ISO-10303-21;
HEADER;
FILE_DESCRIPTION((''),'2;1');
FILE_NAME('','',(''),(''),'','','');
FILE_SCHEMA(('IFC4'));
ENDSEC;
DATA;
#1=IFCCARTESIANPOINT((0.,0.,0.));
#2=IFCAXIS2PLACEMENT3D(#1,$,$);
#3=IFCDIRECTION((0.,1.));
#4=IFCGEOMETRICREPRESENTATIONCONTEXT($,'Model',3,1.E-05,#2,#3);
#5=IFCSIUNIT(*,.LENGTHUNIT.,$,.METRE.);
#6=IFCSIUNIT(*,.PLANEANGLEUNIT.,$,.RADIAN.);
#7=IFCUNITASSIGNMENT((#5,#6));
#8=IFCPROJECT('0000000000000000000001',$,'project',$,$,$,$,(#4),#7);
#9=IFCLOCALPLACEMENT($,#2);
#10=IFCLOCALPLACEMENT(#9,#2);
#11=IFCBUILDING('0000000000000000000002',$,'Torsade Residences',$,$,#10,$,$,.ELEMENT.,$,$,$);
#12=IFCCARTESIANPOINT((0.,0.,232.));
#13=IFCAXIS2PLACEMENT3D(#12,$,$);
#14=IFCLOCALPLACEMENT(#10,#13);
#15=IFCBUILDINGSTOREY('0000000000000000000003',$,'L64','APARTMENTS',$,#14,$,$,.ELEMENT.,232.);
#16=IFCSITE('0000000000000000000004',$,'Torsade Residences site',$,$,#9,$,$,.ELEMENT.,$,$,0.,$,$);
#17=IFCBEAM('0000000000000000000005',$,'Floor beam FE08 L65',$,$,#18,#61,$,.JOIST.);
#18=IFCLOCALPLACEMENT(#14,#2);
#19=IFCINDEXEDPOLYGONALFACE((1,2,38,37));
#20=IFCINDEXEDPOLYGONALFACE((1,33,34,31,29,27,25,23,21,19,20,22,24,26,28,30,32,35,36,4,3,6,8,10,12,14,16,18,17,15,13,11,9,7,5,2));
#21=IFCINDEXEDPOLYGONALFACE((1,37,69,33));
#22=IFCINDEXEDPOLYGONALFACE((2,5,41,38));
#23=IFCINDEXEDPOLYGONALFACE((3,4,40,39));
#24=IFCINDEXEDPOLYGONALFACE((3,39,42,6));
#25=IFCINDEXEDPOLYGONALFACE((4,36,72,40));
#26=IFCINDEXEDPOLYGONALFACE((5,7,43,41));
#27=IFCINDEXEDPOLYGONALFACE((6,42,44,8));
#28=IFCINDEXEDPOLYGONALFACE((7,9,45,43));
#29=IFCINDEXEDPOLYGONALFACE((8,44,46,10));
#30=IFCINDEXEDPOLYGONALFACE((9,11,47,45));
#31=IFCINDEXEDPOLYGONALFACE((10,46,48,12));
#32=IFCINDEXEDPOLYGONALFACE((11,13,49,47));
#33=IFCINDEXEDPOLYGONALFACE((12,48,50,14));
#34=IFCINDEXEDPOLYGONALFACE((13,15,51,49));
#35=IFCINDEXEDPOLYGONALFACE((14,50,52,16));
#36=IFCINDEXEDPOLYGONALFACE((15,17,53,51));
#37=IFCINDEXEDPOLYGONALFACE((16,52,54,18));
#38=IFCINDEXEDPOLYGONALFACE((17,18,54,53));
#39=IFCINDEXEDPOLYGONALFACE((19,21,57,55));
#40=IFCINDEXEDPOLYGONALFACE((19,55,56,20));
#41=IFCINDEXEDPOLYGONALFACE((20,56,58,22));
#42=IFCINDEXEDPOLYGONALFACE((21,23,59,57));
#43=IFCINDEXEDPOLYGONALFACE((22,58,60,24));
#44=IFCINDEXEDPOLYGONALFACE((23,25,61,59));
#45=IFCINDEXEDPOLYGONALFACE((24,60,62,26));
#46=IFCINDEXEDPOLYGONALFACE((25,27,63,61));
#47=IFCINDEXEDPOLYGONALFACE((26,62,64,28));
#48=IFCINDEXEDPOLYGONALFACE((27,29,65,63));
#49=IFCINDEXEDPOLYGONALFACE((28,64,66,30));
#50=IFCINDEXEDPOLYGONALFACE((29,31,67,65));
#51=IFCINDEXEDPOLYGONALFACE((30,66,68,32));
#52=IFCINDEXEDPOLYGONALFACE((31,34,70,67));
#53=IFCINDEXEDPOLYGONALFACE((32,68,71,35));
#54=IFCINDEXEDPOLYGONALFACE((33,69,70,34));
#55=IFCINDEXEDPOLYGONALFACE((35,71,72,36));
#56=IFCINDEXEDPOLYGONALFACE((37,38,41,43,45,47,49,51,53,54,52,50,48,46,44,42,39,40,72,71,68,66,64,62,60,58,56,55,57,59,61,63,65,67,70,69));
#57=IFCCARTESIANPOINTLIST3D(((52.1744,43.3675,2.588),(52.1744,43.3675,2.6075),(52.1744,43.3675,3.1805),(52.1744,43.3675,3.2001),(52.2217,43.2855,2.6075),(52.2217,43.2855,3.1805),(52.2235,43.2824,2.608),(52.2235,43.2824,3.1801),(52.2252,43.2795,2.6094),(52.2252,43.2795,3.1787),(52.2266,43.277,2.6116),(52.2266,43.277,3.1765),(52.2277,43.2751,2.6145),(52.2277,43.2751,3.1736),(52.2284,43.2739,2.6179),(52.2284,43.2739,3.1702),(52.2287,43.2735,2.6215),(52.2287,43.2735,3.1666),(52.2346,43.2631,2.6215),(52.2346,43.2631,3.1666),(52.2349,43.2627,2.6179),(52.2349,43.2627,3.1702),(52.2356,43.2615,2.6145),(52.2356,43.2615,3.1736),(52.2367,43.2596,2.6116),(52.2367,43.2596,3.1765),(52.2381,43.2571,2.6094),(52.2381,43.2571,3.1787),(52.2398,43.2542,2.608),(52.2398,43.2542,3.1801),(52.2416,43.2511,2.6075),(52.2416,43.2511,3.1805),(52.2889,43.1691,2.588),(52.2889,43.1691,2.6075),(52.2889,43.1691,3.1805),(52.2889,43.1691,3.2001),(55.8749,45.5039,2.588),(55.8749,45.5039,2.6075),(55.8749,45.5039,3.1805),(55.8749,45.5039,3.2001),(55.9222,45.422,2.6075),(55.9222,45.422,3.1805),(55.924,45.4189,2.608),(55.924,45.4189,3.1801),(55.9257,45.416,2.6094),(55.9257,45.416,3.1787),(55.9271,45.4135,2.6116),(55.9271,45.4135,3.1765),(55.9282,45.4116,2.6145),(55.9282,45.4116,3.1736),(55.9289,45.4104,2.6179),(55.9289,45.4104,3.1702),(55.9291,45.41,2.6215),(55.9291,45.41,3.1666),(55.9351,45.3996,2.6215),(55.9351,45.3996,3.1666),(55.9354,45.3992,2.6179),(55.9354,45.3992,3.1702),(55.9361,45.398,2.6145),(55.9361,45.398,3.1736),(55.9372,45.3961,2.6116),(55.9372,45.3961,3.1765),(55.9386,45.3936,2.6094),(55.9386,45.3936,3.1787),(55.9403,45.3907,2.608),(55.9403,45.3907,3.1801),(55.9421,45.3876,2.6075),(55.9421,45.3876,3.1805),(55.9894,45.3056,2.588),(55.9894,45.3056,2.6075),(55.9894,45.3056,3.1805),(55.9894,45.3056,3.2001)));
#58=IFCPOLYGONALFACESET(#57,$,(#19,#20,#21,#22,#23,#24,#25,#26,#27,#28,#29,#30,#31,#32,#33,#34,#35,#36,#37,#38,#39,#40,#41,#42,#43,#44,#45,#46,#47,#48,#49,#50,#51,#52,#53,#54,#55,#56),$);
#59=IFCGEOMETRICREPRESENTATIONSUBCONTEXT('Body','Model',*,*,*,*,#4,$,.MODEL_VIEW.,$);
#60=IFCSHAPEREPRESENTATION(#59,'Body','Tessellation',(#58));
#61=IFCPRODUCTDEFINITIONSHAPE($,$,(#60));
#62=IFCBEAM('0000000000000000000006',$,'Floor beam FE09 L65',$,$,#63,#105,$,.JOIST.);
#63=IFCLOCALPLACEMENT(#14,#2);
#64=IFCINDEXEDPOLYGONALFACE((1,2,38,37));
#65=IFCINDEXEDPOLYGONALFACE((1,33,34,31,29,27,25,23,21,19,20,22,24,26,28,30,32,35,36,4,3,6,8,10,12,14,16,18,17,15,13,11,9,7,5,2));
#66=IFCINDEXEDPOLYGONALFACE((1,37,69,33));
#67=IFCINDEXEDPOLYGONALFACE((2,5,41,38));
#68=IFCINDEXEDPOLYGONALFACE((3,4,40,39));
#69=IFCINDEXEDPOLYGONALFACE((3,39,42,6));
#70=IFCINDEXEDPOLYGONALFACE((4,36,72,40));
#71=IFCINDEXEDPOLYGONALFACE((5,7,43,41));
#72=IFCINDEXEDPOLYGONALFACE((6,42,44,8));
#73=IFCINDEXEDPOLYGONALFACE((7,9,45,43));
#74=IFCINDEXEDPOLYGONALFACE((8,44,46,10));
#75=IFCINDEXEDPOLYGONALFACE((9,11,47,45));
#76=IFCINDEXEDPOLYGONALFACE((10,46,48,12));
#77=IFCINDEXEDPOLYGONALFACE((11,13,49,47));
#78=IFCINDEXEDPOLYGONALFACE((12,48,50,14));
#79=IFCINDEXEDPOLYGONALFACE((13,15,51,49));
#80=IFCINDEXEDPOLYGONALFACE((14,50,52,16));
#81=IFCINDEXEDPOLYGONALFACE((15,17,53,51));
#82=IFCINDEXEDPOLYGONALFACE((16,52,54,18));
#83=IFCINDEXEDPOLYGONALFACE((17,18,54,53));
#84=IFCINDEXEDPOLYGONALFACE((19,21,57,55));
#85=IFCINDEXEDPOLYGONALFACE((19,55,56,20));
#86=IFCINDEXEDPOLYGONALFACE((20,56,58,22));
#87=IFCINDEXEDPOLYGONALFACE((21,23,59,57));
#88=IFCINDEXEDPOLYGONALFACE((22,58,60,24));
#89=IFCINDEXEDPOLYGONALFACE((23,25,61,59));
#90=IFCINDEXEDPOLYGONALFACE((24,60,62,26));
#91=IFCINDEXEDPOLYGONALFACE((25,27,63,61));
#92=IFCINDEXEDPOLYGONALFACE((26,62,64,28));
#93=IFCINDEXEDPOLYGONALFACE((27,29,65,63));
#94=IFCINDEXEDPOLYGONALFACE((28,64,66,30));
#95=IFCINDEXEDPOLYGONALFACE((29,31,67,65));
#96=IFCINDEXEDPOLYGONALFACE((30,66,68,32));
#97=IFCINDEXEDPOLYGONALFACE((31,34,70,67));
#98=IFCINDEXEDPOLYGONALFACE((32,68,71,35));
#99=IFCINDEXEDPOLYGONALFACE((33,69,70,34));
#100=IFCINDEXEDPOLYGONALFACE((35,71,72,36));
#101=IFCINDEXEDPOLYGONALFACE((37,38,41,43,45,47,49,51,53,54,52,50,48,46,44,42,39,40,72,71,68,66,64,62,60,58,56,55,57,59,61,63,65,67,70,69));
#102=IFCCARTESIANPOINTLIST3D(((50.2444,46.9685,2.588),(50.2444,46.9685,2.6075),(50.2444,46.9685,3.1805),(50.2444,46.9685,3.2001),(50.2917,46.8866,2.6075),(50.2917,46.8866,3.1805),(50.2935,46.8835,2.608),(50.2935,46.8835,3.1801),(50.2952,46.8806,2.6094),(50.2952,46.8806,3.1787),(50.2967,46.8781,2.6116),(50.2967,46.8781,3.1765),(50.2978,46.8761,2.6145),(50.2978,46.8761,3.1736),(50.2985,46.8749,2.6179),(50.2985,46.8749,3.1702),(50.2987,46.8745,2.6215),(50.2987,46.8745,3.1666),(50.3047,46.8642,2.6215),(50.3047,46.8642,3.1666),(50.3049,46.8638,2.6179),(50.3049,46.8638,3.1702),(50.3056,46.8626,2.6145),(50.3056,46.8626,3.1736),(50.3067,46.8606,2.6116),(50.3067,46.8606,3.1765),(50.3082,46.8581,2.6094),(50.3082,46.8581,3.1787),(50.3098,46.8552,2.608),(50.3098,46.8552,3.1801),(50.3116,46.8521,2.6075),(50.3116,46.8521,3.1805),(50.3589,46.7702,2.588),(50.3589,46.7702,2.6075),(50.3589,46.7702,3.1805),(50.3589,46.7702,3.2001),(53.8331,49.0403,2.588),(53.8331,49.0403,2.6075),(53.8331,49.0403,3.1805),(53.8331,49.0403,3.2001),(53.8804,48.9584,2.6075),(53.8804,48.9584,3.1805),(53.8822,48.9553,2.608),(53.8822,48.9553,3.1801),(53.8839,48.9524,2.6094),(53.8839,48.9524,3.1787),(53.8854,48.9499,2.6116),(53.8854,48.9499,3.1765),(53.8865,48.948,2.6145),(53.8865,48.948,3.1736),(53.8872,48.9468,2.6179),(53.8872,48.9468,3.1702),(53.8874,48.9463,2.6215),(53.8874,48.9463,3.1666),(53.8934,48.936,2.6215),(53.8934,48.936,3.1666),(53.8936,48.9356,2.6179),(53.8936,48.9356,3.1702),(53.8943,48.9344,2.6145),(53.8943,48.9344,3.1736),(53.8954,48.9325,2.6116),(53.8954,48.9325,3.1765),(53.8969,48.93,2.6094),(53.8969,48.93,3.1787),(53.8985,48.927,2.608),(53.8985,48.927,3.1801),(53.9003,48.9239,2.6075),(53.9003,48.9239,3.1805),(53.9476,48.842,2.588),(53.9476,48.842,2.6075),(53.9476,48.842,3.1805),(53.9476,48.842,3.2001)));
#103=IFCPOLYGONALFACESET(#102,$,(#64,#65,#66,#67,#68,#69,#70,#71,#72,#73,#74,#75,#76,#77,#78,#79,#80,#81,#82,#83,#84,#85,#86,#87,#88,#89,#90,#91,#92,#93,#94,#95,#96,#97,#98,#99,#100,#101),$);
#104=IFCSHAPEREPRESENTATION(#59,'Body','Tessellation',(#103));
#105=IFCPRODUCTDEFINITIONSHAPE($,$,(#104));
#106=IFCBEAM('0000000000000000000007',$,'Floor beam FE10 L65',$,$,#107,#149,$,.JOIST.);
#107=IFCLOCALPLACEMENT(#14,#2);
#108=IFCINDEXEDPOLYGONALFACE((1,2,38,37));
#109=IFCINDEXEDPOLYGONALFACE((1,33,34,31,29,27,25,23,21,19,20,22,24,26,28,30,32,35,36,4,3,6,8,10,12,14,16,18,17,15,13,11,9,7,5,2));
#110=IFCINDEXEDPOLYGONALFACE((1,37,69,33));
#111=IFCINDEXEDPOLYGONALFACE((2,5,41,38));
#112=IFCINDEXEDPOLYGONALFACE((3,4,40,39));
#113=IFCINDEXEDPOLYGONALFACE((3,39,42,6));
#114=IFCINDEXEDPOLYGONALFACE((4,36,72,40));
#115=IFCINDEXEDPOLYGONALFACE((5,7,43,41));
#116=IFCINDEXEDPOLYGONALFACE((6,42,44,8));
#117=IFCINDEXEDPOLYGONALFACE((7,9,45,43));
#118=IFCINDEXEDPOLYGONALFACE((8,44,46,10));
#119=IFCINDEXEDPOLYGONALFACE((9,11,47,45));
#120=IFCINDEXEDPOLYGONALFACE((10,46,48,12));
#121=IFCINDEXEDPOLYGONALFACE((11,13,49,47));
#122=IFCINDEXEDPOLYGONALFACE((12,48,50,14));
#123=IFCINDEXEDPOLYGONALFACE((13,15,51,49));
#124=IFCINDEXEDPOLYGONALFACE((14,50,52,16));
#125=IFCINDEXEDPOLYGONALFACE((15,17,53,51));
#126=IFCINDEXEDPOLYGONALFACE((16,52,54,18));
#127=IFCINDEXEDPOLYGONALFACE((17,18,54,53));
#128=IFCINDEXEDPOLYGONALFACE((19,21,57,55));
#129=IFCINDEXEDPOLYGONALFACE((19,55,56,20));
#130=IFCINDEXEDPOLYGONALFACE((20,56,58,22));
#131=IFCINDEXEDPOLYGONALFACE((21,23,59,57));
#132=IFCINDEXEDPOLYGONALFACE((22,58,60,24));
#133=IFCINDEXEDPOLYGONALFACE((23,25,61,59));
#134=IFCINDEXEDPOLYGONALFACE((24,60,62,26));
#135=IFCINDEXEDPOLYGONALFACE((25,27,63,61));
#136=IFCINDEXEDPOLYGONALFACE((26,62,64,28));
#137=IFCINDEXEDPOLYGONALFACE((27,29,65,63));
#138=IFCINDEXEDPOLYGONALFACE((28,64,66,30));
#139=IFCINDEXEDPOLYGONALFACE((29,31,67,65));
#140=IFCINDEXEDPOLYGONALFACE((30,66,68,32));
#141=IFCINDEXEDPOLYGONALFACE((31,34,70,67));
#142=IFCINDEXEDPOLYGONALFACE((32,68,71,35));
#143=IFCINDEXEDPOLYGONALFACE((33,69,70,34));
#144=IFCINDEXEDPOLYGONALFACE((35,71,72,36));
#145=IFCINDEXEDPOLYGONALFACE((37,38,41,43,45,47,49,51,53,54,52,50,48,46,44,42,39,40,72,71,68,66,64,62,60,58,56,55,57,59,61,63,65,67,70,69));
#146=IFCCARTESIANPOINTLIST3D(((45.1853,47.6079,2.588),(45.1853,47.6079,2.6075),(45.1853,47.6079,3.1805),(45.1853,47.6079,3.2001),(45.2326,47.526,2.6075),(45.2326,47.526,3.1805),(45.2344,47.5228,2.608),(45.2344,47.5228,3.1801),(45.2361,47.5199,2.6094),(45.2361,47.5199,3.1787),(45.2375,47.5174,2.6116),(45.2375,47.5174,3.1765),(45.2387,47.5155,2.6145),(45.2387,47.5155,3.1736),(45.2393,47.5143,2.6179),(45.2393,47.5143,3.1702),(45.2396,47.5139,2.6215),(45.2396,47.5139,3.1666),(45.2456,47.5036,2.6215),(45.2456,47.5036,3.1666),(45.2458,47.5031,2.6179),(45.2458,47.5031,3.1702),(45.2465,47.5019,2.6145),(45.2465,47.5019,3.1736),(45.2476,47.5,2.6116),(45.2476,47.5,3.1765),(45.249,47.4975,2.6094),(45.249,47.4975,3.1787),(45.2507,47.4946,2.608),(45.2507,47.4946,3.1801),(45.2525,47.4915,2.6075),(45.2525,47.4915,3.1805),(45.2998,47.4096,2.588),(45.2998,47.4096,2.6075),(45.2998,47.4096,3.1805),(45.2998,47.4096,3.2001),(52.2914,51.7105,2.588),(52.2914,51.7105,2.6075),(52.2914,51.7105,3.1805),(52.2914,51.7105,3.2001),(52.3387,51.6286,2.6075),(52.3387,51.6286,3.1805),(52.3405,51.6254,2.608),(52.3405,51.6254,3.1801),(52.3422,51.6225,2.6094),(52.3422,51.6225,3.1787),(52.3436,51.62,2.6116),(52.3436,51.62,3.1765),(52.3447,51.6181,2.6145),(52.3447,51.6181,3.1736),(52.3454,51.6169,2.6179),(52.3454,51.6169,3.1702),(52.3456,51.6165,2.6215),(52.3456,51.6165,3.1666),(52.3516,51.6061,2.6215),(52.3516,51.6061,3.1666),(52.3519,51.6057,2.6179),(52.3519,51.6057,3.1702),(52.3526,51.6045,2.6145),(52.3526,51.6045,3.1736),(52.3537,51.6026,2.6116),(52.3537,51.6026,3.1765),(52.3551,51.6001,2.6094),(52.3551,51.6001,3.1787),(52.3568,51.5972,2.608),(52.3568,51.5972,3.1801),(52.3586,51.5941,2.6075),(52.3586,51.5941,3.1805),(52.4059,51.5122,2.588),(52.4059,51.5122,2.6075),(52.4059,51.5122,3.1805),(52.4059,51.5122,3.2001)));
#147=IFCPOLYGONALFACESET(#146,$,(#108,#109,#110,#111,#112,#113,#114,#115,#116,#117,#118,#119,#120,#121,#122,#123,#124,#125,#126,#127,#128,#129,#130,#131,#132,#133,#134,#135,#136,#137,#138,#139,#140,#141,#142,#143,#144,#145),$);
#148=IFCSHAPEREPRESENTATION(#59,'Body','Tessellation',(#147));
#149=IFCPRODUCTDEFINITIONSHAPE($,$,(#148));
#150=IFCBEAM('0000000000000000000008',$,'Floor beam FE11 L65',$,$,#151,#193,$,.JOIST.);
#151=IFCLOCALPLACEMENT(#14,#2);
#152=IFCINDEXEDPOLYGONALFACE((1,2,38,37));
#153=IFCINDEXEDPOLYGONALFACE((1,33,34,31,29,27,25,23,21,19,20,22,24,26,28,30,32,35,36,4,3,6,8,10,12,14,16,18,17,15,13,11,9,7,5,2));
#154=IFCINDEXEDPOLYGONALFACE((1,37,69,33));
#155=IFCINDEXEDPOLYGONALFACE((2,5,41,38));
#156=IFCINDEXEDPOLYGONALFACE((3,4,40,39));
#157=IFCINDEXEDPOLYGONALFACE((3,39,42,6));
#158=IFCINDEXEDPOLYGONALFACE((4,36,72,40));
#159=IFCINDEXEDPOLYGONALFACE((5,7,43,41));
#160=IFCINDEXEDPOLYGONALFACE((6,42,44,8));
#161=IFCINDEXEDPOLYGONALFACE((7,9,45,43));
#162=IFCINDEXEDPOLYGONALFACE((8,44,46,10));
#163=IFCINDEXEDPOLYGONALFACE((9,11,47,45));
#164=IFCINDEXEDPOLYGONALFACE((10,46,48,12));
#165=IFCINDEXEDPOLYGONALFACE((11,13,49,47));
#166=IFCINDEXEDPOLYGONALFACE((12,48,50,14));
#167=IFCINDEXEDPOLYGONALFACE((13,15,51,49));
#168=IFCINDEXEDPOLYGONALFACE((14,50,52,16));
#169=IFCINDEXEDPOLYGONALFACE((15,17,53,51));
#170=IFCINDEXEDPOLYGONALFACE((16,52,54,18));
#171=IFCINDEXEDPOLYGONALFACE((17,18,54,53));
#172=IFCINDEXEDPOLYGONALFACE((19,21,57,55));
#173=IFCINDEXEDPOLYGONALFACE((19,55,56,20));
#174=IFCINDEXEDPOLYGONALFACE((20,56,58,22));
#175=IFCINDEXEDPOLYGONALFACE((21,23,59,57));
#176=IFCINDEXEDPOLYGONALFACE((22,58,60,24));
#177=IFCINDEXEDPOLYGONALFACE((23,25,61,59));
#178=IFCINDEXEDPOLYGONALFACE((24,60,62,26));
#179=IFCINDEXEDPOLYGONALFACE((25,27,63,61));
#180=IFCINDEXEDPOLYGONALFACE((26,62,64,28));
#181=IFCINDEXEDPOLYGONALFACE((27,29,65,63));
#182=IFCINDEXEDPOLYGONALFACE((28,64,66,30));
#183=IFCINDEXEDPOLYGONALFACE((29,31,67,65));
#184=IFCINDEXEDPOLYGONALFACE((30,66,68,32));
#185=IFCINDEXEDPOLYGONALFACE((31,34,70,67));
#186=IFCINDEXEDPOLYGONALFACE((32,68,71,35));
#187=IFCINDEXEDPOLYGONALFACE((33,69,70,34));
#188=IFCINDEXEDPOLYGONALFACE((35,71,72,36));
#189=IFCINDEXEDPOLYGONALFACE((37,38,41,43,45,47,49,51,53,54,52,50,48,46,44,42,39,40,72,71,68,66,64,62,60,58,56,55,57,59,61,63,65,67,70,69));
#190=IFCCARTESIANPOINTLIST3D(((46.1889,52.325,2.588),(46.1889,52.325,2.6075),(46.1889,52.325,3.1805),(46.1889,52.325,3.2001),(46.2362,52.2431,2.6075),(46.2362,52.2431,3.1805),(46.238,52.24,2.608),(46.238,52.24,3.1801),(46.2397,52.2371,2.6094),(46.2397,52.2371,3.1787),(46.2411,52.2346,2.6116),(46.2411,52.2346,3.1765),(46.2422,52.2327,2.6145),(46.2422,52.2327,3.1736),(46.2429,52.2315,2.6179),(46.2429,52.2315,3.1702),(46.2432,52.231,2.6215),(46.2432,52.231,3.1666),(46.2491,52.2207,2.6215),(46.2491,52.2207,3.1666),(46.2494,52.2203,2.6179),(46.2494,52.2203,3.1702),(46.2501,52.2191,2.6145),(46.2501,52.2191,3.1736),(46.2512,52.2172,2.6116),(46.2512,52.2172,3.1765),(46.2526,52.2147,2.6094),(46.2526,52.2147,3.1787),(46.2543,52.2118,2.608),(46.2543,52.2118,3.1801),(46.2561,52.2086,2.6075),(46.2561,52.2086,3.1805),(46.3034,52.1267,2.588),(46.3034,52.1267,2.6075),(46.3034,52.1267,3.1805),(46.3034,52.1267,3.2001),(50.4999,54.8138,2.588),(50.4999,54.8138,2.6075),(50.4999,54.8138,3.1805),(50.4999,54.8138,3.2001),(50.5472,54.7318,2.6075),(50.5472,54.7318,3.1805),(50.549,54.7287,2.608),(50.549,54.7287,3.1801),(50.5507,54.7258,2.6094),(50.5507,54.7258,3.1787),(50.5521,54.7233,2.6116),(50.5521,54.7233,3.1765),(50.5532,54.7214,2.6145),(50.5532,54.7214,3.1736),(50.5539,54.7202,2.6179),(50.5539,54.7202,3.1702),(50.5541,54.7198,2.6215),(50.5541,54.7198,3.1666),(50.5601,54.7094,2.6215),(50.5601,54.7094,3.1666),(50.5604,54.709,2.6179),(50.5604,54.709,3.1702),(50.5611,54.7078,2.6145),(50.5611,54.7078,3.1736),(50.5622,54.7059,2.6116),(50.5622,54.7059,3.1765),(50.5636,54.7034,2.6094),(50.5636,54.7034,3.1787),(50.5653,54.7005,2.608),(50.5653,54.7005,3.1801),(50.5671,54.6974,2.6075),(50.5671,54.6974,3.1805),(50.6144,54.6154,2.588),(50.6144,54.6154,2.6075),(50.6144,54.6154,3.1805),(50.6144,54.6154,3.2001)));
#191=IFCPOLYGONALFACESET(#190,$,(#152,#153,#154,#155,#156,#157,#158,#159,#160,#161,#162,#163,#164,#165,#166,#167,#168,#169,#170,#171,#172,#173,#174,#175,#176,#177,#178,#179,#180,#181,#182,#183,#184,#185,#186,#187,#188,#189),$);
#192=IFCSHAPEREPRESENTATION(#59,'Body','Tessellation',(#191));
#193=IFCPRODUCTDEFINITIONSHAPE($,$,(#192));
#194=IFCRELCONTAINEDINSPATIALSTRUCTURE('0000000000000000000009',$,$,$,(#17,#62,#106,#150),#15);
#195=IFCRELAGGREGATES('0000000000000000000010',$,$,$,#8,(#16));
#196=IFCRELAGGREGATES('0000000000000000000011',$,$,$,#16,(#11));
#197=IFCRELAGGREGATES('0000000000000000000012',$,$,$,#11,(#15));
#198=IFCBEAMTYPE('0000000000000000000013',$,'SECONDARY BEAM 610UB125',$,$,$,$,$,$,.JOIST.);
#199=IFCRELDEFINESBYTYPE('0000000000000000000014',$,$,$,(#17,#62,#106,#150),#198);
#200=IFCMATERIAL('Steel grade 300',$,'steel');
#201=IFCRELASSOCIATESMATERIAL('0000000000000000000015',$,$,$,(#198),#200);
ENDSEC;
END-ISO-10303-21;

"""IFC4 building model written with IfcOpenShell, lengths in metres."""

from ifc_helpers import new_model, si_unit, direction, frame, origin, origin_2d, place, context, subcontext, project, spatial, i_section, extrude, material, material_profile, profile_set, type_object, element, save


model = new_model("IFC4")

# Units and contexts
model_context = context("Model", 3, precision=1e-05, world=origin(), true_north=direction((0.0, 1.0)))
body_context = subcontext(model_context, "Body", "Model", "MODEL_VIEW")
ifc_project = project(units=[si_unit("LENGTHUNIT", "METRE"), si_unit("PLANEANGLEUNIT", "RADIAN")], contexts=[model_context])

# Site, building, storey
site_placement = place(None, origin())
site = spatial("IfcSite", under=ifc_project, at=site_placement, Name="Torsade Residences site", CompositionType="ELEMENT", RefElevation=0.0)
building_placement = place(site_placement, origin())
building = spatial("IfcBuilding", under=site, at=building_placement, Name="Torsade Residences", CompositionType="ELEMENT")
storey_placement = place(building_placement, frame((0.0, 0.0, 232.0)))
storey = spatial("IfcBuildingStorey", under=building, at=storey_placement, Name="L64", Description="APARTMENTS", CompositionType="ELEMENT", Elevation=232.0)

# Beams
ifc_material_1 = material(Name="Steel grade 300", Category="steel")
ifc_material_profile_1 = material_profile(ifc_material_1, i_section(OverallWidth=0.229, OverallDepth=0.6121, WebThickness=0.012, FlangeThickness=0.0195, FilletRadius=0.0139, at=origin_2d()), Name="610UB125")
ifc_profile_set_1 = profile_set([ifc_material_profile_1], Name="Steel grade 300")
beam_type_1 = type_object("IfcBeamType", Name="SECONDARY BEAM 610UB125", PredefinedType="JOIST", material=ifc_profile_set_1)
beam_1_placement = place(storey_placement, frame((55.9321, 45.4048, 2.894), z_axis=(-0.866023, -0.500004, 0.0), x_axis=(0.500004, -0.866023, 0.0)))
element("IfcBeam", 1, at=beam_1_placement, inside=storey, type_object=beam_type_1, Name="Floor beam FE08 L65", PredefinedType="JOIST", context=body_context, shape_type="SweptSolid", body=[
    extrude(i_section(OverallWidth=0.229, OverallDepth=0.6121, WebThickness=0.012, FlangeThickness=0.0195, FilletRadius=0.0139, at=origin_2d()), origin(), (0.0, 0.0, 1.0), 4.2729),
])
beam_2_placement = place(storey_placement, frame((53.8904, 48.9412, 2.894), z_axis=(-0.866037, -0.499979, 0.0), x_axis=(0.499979, -0.866037, 0.0)))
element("IfcBeam", 2, at=beam_2_placement, inside=storey, type_object=beam_type_1, Name="Floor beam FE09 L65", PredefinedType="JOIST", context=body_context, shape_type="SweptSolid", body=[
    extrude(i_section(OverallWidth=0.229, OverallDepth=0.6121, WebThickness=0.012, FlangeThickness=0.0195, FilletRadius=0.0139, at=origin_2d()), origin(), (0.0, 0.0, 1.0), 4.1438),
])
beam_3_placement = place(storey_placement, frame((52.3486, 51.6113, 2.894), z_axis=(-0.86603, -0.499992, 0.0), x_axis=(0.499992, -0.86603, 0.0)))
element("IfcBeam", 3, at=beam_3_placement, inside=storey, type_object=beam_type_1, Name="Floor beam FE10 L65", PredefinedType="JOIST", context=body_context, shape_type="SweptSolid", body=[
    extrude(i_section(OverallWidth=0.229, OverallDepth=0.6121, WebThickness=0.012, FlangeThickness=0.0195, FilletRadius=0.0139, at=origin_2d()), origin(), (0.0, 0.0, 1.0), 8.2053),
])
beam_4_placement = place(storey_placement, frame((50.5571, 54.7146, 2.894), z_axis=(-0.866043, -0.499969, 0.0), x_axis=(0.499969, -0.866043, 0.0)))
element("IfcBeam", 4, at=beam_4_placement, inside=storey, type_object=beam_type_1, Name="Floor beam FE11 L65", PredefinedType="JOIST", context=body_context, shape_type="SweptSolid", body=[
    extrude(i_section(OverallWidth=0.229, OverallDepth=0.6121, WebThickness=0.012, FlangeThickness=0.0195, FilletRadius=0.0139, at=origin_2d()), origin(), (0.0, 0.0, 1.0), 4.9778),
])

save(model, "model.ifc")
